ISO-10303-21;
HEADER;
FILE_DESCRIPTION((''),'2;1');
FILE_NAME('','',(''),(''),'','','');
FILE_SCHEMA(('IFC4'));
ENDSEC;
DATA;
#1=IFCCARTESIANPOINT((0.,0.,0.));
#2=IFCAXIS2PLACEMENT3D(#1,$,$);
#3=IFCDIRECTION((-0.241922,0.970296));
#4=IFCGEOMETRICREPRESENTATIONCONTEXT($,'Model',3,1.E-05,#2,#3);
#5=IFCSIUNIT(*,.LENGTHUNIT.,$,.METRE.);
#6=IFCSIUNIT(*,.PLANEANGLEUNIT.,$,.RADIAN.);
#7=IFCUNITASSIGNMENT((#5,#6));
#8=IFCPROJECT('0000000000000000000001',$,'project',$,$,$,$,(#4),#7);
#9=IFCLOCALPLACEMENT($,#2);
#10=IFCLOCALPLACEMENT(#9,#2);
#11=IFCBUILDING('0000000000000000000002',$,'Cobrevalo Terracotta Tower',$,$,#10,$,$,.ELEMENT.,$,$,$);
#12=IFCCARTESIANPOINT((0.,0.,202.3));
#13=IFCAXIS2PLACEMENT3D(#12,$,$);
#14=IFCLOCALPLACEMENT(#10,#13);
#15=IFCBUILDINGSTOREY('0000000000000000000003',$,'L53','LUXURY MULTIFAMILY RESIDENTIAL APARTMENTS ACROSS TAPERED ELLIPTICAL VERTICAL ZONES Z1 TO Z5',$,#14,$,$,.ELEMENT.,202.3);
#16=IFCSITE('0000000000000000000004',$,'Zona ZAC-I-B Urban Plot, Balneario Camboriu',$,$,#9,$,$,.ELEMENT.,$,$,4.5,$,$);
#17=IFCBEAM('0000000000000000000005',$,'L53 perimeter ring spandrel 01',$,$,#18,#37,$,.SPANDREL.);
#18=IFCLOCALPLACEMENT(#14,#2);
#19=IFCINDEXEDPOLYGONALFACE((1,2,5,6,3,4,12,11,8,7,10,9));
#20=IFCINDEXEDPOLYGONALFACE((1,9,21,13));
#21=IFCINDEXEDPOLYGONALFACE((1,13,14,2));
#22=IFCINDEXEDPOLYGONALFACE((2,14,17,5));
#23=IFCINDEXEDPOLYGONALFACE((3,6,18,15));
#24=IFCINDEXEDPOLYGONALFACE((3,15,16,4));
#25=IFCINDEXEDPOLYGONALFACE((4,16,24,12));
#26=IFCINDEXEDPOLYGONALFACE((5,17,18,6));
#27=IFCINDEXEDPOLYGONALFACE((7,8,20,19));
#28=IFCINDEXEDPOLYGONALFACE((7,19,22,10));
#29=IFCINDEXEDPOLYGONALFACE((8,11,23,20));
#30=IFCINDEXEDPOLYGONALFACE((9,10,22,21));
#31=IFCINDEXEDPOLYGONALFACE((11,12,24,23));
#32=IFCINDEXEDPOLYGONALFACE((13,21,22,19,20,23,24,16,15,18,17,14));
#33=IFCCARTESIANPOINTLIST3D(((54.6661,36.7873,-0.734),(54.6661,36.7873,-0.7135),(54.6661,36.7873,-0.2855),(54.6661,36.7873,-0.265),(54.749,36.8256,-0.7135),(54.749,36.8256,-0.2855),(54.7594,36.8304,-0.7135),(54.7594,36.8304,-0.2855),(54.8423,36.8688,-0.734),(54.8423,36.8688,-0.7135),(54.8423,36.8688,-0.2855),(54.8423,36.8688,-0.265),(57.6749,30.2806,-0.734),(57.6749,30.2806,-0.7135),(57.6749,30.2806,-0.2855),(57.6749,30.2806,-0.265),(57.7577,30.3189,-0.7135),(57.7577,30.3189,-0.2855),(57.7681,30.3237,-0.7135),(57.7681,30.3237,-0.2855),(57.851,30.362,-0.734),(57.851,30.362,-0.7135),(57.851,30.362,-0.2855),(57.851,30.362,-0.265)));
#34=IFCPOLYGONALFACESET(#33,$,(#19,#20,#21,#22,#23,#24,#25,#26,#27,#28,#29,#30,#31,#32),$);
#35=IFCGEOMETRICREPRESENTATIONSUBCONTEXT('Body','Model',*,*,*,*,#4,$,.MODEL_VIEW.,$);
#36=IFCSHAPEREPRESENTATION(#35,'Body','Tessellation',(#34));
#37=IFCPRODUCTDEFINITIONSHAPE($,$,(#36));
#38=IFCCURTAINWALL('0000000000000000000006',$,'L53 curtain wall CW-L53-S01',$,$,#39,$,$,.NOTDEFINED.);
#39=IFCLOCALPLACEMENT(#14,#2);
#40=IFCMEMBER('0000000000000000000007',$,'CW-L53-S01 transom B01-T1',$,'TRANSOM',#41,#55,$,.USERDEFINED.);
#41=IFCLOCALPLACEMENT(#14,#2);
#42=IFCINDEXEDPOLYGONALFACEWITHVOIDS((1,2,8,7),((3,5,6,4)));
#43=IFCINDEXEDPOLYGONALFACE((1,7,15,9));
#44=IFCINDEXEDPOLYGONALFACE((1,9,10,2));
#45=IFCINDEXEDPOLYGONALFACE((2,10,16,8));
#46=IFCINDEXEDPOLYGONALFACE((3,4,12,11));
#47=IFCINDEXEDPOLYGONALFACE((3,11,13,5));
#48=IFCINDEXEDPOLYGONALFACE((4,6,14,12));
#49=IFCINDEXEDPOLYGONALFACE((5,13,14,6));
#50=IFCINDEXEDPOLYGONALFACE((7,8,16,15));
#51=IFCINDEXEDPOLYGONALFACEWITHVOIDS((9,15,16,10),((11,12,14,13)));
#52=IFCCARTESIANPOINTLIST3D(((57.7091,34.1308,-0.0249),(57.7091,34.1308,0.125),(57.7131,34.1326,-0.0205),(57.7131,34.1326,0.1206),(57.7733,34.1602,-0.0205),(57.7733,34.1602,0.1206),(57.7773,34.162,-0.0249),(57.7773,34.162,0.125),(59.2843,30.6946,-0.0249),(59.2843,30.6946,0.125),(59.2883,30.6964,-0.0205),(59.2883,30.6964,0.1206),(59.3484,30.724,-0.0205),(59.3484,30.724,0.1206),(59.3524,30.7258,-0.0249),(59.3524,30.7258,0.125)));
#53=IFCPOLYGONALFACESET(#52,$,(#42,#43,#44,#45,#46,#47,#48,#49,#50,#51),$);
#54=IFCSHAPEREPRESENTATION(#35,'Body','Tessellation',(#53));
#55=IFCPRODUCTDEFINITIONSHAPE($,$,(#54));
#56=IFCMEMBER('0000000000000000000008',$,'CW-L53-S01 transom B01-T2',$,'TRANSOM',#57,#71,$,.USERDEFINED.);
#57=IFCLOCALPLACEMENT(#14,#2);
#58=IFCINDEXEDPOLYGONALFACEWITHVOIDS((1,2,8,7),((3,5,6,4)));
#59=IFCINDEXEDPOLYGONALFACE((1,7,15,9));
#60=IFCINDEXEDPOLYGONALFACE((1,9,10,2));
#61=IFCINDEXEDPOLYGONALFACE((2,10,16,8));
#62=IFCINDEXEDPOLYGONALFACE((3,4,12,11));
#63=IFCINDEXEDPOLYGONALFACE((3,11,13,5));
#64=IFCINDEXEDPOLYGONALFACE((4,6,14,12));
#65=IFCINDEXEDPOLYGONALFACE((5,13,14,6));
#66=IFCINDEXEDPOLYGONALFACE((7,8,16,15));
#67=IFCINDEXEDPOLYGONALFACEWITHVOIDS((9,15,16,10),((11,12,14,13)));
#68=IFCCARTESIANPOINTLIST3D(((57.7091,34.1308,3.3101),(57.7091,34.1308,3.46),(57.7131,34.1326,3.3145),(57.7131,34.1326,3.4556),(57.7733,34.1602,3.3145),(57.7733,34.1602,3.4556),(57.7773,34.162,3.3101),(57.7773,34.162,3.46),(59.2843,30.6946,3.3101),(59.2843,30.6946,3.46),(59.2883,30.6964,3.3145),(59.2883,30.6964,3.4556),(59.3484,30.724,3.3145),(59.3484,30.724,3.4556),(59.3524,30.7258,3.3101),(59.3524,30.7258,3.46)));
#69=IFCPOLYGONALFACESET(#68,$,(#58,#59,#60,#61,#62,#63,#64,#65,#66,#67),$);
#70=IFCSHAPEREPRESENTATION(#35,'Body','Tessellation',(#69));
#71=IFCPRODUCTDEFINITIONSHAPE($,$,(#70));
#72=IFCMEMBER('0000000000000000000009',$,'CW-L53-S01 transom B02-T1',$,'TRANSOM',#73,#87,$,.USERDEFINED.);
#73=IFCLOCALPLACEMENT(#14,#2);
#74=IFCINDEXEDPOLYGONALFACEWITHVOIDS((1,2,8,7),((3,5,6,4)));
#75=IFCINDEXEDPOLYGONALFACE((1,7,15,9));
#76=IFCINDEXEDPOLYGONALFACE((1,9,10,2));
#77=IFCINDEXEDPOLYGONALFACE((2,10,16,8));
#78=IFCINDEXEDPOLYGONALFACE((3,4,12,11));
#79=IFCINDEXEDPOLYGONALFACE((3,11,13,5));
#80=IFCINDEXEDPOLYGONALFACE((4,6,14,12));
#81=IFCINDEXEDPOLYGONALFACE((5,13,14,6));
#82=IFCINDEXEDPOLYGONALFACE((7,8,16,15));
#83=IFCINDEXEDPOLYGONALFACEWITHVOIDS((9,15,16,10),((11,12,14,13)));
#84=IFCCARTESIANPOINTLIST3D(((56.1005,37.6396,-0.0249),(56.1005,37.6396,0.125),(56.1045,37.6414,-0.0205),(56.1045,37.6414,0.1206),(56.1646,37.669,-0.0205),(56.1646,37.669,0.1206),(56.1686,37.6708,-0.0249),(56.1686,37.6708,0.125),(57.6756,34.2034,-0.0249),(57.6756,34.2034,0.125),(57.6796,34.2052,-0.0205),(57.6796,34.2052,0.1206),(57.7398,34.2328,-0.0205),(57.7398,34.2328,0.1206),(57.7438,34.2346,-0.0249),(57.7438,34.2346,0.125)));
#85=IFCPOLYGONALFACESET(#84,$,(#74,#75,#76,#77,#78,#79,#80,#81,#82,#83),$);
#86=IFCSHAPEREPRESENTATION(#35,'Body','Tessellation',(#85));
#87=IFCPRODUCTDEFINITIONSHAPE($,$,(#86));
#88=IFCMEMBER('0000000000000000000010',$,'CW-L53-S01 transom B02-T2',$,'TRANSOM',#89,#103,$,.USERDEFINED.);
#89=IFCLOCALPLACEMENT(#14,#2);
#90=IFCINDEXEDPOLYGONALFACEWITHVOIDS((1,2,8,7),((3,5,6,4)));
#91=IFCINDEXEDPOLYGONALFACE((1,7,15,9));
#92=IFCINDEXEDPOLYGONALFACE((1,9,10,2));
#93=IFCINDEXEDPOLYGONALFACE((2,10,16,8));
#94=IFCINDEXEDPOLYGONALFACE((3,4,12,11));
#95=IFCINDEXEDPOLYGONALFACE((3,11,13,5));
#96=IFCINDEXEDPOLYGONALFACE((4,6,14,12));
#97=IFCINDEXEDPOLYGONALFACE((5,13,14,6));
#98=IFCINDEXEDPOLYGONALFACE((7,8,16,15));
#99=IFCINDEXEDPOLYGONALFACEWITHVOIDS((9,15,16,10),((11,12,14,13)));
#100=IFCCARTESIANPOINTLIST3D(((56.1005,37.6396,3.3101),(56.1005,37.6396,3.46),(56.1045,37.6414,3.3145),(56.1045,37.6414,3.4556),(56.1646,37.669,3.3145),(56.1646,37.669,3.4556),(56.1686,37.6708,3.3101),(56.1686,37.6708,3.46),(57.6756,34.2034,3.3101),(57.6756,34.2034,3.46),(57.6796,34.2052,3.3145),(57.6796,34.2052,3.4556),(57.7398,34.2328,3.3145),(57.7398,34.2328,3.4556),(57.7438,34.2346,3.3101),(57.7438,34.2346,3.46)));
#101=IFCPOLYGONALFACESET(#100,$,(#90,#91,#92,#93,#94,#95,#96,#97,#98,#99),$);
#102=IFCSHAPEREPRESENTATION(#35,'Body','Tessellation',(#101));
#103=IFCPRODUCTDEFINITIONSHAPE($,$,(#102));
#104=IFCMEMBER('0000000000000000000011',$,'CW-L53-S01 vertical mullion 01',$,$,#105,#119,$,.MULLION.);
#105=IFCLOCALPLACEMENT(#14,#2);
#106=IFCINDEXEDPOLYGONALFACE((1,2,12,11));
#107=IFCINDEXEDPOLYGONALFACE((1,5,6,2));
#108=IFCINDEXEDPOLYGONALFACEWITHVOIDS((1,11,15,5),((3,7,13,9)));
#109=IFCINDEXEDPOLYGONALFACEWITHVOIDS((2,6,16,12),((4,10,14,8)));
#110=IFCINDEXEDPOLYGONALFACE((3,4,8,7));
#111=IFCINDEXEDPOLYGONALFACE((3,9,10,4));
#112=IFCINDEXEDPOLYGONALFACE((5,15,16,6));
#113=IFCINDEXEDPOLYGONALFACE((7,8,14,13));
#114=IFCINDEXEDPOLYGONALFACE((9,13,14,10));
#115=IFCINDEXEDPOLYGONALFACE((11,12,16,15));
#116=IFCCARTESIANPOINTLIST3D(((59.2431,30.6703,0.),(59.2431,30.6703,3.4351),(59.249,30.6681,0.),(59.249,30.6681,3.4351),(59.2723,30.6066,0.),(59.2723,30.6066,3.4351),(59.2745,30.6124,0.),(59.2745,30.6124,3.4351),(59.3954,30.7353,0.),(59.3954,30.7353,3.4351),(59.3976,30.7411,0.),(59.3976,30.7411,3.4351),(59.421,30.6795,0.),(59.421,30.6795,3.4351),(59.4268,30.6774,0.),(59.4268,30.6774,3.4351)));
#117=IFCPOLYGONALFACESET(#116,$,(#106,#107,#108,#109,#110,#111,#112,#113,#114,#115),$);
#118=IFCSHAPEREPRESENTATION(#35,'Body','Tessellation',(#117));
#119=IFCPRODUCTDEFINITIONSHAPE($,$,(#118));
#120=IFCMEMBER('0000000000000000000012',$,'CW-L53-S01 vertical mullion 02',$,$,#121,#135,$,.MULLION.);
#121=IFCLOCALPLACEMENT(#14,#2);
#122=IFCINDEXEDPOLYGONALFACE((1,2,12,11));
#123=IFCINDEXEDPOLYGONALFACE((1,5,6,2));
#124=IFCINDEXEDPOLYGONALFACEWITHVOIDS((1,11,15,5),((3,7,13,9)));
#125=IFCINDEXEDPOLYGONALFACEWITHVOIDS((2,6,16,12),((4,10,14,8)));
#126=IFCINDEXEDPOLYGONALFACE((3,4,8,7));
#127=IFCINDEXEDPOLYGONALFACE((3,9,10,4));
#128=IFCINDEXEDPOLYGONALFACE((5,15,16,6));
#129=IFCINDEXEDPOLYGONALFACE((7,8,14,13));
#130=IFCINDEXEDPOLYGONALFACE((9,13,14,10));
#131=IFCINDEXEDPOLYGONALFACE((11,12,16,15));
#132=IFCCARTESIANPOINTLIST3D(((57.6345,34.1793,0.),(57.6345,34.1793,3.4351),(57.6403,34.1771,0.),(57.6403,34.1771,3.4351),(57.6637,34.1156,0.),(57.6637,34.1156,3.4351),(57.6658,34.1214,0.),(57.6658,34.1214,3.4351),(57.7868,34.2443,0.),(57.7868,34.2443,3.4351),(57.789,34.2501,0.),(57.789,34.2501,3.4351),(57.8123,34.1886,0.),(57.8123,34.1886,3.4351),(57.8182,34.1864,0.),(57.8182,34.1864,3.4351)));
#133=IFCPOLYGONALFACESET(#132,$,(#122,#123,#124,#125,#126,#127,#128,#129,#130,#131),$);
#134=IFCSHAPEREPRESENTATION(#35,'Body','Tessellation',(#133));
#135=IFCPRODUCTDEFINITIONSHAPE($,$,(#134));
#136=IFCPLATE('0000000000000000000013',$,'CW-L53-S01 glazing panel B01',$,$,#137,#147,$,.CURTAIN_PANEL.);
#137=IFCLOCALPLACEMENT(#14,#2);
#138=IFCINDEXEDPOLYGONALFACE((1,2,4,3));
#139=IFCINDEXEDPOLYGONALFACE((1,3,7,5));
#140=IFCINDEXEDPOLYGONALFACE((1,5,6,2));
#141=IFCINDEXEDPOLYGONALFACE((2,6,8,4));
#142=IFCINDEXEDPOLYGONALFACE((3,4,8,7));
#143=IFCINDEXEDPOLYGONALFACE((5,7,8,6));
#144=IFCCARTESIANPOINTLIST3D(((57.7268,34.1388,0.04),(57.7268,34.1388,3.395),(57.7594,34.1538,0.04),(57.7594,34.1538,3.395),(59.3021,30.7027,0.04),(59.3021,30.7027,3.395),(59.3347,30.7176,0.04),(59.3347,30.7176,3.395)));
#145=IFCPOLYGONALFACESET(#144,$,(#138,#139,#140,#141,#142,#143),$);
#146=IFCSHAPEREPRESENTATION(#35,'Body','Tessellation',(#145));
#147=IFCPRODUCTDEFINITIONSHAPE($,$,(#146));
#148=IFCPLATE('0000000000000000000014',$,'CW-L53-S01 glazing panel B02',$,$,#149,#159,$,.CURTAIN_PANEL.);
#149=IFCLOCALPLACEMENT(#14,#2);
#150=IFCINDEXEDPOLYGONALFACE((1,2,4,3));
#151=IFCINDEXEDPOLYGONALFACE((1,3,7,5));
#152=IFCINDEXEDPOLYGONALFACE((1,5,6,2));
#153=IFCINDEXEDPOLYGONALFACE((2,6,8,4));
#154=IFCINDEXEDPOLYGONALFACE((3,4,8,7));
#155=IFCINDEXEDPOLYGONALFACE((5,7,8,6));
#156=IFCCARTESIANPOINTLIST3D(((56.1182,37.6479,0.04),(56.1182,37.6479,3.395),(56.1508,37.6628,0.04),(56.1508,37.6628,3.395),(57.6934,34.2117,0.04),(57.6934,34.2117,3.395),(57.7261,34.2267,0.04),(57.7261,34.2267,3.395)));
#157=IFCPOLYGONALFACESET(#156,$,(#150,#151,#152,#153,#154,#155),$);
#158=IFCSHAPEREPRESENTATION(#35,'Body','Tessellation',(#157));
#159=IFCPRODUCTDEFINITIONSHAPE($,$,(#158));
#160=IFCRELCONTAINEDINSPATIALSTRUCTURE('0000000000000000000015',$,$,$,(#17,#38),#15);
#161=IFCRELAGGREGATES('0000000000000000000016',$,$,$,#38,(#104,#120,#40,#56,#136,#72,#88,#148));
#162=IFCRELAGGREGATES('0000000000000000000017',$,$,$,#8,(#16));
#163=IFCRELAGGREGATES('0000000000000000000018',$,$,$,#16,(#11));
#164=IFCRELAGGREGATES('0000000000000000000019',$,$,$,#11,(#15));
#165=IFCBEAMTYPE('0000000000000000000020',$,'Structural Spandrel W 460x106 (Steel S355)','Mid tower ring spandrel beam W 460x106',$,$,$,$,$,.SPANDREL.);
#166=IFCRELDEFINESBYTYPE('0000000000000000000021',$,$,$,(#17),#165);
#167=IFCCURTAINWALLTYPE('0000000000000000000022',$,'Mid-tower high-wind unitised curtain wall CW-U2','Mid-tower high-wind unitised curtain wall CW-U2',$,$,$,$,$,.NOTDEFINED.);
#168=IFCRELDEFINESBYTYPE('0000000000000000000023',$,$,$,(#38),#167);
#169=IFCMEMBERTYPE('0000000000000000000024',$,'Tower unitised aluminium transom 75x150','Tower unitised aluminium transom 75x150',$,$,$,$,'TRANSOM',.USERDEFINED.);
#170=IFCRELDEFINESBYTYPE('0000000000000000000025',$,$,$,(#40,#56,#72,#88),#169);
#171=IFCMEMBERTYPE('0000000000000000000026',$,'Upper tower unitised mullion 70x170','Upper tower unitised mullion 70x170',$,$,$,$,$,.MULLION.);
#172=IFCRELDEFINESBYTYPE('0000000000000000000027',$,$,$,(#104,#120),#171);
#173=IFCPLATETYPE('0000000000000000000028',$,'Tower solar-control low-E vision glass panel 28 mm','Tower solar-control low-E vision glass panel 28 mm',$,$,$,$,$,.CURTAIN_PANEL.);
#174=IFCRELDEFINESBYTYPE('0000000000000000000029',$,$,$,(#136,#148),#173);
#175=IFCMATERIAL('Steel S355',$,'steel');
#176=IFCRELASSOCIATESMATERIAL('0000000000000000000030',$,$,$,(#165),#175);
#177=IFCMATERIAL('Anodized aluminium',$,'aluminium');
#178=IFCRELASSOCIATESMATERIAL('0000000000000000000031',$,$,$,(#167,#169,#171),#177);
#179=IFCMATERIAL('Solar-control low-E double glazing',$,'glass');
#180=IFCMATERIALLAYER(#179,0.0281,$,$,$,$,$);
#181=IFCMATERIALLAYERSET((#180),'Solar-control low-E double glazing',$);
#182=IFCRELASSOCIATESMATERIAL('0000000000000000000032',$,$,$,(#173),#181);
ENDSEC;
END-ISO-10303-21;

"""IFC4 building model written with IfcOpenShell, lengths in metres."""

from ifc_helpers import new_model, si_unit, direction, frame, origin, origin_2d, place, context, subcontext, project, spatial, rectangle, hollow_rectangle, i_section, extrude, source, transform, mapped, material, layer, layer_set, material_profile, profile_set, type_object, element, aggregate, save


model = new_model("IFC4")

# Units and contexts
model_context = context("Model", 3, precision=1e-05, world=origin(), true_north=direction((-0.241922, 0.970296)))
body_context = subcontext(model_context, "Body", "Model", "MODEL_VIEW")
ifc_project = project(units=[si_unit("LENGTHUNIT", "METRE"), si_unit("PLANEANGLEUNIT", "RADIAN")], contexts=[model_context])

# Site, building, storey
site_placement = place(None, origin())
site = spatial("IfcSite", under=ifc_project, at=site_placement, Name="Zona ZAC-I-B Urban Plot, Balneario Camboriu", CompositionType="ELEMENT", RefElevation=4.5)
building_placement = place(site_placement, origin())
building = spatial("IfcBuilding", under=site, at=building_placement, Name="Cobrevalo Terracotta Tower", CompositionType="ELEMENT")
storey_placement = place(building_placement, frame((0.0, 0.0, 202.3)))
storey = spatial("IfcBuildingStorey", under=building, at=storey_placement, Name="L53", Description="LUXURY MULTIFAMILY RESIDENTIAL APARTMENTS ACROSS TAPERED ELLIPTICAL VERTICAL ZONES Z1 TO Z5", CompositionType="ELEMENT", Elevation=202.3)

# Shared definitions
ifc_material_1 = material(Name="Steel S355", Category="steel")

# Beam
ifc_material_profile_1 = material_profile(ifc_material_1, i_section(OverallWidth=0.1941, OverallDepth=0.469, WebThickness=0.0115, FlangeThickness=0.0205, at=origin_2d()), Name="W 460x106")
ifc_profile_set_1 = profile_set([ifc_material_profile_1], Name="Steel S355")
beam_type_1 = type_object("IfcBeamType", Name="Structural Spandrel W 460x106 (Steel S355)", Description="Mid tower ring spandrel beam W 460x106", PredefinedType="SPANDREL", material=ifc_profile_set_1)
beam_1_placement = place(storey_placement, frame((57.7629, 30.3213, -0.4995), z_axis=(-0.419706, 0.90766, 0.0), x_axis=(-0.90766, -0.419706, 0.0)))
element("IfcBeam", 1, at=beam_1_placement, inside=storey, type_object=beam_type_1, Name="L53 perimeter ring spandrel 01", PredefinedType="SPANDREL", context=body_context, shape_type="SweptSolid", body=[
    extrude(i_section(OverallWidth=0.1941, OverallDepth=0.469, WebThickness=0.0115, FlangeThickness=0.0205, at=origin_2d()), origin(), (0.0, 0.0, 1.0), 7.1687),
])

# Curtain wall, members, plates
ifc_material_2 = material(Name="Anodized aluminium", Category="aluminium")
curtain_wall_type = type_object("IfcCurtainWallType", Name="Mid-tower high-wind unitised curtain wall CW-U2", Description="Mid-tower high-wind unitised curtain wall CW-U2", PredefinedType="NOTDEFINED", material=ifc_material_2)
curtain_wall_placement = place(storey_placement, origin())
curtain_wall = element("IfcCurtainWall", 2, at=curtain_wall_placement, inside=storey, type_object=curtain_wall_type, Name="L53 curtain wall CW-L53-S01", PredefinedType="NOTDEFINED")
ifc_material_profile_2 = material_profile(ifc_material_2, hollow_rectangle(XDim=0.075, YDim=0.1499, WallThickness=0.0044, at=origin_2d()), Name="CWT 75x150")
ifc_profile_set_2 = profile_set([ifc_material_profile_2], Name="Anodized aluminium")
member_type_1 = type_object("IfcMemberType", Name="Tower unitised aluminium transom 75x150", Description="Tower unitised aluminium transom 75x150", ElementType="TRANSOM", PredefinedType="USERDEFINED", material=ifc_profile_set_2)
shared_shape_1 = source(origin(), body_context, "Body", "SweptSolid", [
    extrude(hollow_rectangle(XDim=0.075, YDim=0.1499, WallThickness=0.0044, at=origin_2d()), origin(), (0.0, 0.0, 1.0), 3.78),
])
member_1_placement = place(storey_placement, frame((59.3184, 30.7102, 0.05), z_axis=(-0.416706, 0.909041, 0.0), x_axis=(-0.909041, -0.416706, 0.0)))
member_1 = element("IfcMember", 3, at=member_1_placement, type_object=member_type_1, Name="CW-L53-S01 transom B01-T1", ObjectType="TRANSOM", PredefinedType="USERDEFINED", context=body_context, shape_type="MappedRepresentation", body=[
    mapped(shared_shape_1, transform((0.0, 0.0, 0.0), scale=1.0)),
])
member_2_placement = place(storey_placement, frame((59.3184, 30.7102, 3.385), z_axis=(-0.416706, 0.909041, 0.0), x_axis=(-0.909041, -0.416706, 0.0)))
member_2 = element("IfcMember", 4, at=member_2_placement, type_object=member_type_1, Name="CW-L53-S01 transom B01-T2", ObjectType="TRANSOM", PredefinedType="USERDEFINED", context=body_context, shape_type="MappedRepresentation", body=[
    mapped(shared_shape_1, transform((0.0, 0.0, 0.0), scale=1.0)),
])
member_3_placement = place(storey_placement, frame((57.7097, 34.219, 0.05), z_axis=(-0.416706, 0.909041, 0.0), x_axis=(-0.909041, -0.416706, 0.0)))
member_3 = element("IfcMember", 5, at=member_3_placement, type_object=member_type_1, Name="CW-L53-S01 transom B02-T1", ObjectType="TRANSOM", PredefinedType="USERDEFINED", context=body_context, shape_type="MappedRepresentation", body=[
    mapped(shared_shape_1, transform((0.0, 0.0, 0.0), scale=1.0)),
])
member_4_placement = place(storey_placement, frame((57.7097, 34.219, 3.385), z_axis=(-0.416706, 0.909041, 0.0), x_axis=(-0.909041, -0.416706, 0.0)))
member_4 = element("IfcMember", 6, at=member_4_placement, type_object=member_type_1, Name="CW-L53-S01 transom B02-T2", ObjectType="TRANSOM", PredefinedType="USERDEFINED", context=body_context, shape_type="MappedRepresentation", body=[
    mapped(shared_shape_1, transform((0.0, 0.0, 0.0), scale=1.0)),
])
ifc_material_profile_3 = material_profile(ifc_material_2, hollow_rectangle(XDim=0.0701, YDim=0.1699, WallThickness=0.0044, at=origin_2d()), Name="CWM 70x170")
ifc_profile_set_3 = profile_set([ifc_material_profile_3], Name="Anodized aluminium")
member_type_2 = type_object("IfcMemberType", Name="Upper tower unitised mullion 70x170", Description="Upper tower unitised mullion 70x170", PredefinedType="MULLION", material=ifc_profile_set_3)
shared_shape_2 = source(origin(), body_context, "Body", "SweptSolid", [
    extrude(hollow_rectangle(XDim=0.0701, YDim=0.1699, WallThickness=0.0044, at=origin_2d()), origin(), (0.0, 0.0, 1.0), 3.4351),
])
member_5_placement = place(storey_placement, frame((59.335, 30.6738, 0.0), z_axis=(0.0, 0.0, 1.0), x_axis=(-0.416725, 0.909033, 0.0)))
member_5 = element("IfcMember", 7, at=member_5_placement, type_object=member_type_2, Name="CW-L53-S01 vertical mullion 01", PredefinedType="MULLION", context=body_context, shape_type="MappedRepresentation", body=[
    mapped(shared_shape_2, transform((0.0, 0.0, 0.0), scale=1.0)),
])
member_6_placement = place(storey_placement, frame((57.7263, 34.1829, 0.0), z_axis=(0.0, 0.0, 1.0), x_axis=(-0.416725, 0.909033, 0.0)))
member_6 = element("IfcMember", 8, at=member_6_placement, type_object=member_type_2, Name="CW-L53-S01 vertical mullion 02", PredefinedType="MULLION", context=body_context, shape_type="MappedRepresentation", body=[
    mapped(shared_shape_2, transform((0.0, 0.0, 0.0), scale=1.0)),
])
ifc_material_3 = material(Name="Solar-control low-E double glazing", Category="glass")
ifc_layer_1 = layer(ifc_material_3, 0.0281)
ifc_layer_set_1 = layer_set([ifc_layer_1], Name="Solar-control low-E double glazing")
plate_type = type_object("IfcPlateType", Name="Tower solar-control low-E vision glass panel 28 mm", Description="Tower solar-control low-E vision glass panel 28 mm", PredefinedType="CURTAIN_PANEL", material=ifc_layer_set_1)
shared_shape_3 = source(origin(), body_context, "Body", "SweptSolid", [
    extrude(rectangle(XDim=3.78, YDim=0.0359, at=origin_2d()), origin(), (0.0, 0.0, 1.0), 3.355),
])
plate_1_placement = place(storey_placement, frame((58.5308, 32.4282, 0.04), z_axis=(0.0, 0.0, 1.0), x_axis=(-0.416731, 0.90903, 0.0)))
plate_1 = element("IfcPlate", 9, at=plate_1_placement, type_object=plate_type, Name="CW-L53-S01 glazing panel B01", PredefinedType="CURTAIN_PANEL", context=body_context, shape_type="MappedRepresentation", body=[
    mapped(shared_shape_3, transform((0.0, 0.0, 0.0), scale=1.0)),
])
plate_2_placement = place(storey_placement, frame((56.9221, 35.9373, 0.04), z_axis=(0.0, 0.0, 1.0), x_axis=(-0.416731, 0.90903, 0.0)))
plate_2 = element("IfcPlate", 10, at=plate_2_placement, type_object=plate_type, Name="CW-L53-S01 glazing panel B02", PredefinedType="CURTAIN_PANEL", context=body_context, shape_type="MappedRepresentation", body=[
    mapped(shared_shape_3, transform((0.0, 0.0, 0.0), scale=1.0)),
])
aggregate(curtain_wall, [member_5, member_6, member_1, member_2, plate_1, member_3, member_4, plate_2])

save(model, "model.ifc")
